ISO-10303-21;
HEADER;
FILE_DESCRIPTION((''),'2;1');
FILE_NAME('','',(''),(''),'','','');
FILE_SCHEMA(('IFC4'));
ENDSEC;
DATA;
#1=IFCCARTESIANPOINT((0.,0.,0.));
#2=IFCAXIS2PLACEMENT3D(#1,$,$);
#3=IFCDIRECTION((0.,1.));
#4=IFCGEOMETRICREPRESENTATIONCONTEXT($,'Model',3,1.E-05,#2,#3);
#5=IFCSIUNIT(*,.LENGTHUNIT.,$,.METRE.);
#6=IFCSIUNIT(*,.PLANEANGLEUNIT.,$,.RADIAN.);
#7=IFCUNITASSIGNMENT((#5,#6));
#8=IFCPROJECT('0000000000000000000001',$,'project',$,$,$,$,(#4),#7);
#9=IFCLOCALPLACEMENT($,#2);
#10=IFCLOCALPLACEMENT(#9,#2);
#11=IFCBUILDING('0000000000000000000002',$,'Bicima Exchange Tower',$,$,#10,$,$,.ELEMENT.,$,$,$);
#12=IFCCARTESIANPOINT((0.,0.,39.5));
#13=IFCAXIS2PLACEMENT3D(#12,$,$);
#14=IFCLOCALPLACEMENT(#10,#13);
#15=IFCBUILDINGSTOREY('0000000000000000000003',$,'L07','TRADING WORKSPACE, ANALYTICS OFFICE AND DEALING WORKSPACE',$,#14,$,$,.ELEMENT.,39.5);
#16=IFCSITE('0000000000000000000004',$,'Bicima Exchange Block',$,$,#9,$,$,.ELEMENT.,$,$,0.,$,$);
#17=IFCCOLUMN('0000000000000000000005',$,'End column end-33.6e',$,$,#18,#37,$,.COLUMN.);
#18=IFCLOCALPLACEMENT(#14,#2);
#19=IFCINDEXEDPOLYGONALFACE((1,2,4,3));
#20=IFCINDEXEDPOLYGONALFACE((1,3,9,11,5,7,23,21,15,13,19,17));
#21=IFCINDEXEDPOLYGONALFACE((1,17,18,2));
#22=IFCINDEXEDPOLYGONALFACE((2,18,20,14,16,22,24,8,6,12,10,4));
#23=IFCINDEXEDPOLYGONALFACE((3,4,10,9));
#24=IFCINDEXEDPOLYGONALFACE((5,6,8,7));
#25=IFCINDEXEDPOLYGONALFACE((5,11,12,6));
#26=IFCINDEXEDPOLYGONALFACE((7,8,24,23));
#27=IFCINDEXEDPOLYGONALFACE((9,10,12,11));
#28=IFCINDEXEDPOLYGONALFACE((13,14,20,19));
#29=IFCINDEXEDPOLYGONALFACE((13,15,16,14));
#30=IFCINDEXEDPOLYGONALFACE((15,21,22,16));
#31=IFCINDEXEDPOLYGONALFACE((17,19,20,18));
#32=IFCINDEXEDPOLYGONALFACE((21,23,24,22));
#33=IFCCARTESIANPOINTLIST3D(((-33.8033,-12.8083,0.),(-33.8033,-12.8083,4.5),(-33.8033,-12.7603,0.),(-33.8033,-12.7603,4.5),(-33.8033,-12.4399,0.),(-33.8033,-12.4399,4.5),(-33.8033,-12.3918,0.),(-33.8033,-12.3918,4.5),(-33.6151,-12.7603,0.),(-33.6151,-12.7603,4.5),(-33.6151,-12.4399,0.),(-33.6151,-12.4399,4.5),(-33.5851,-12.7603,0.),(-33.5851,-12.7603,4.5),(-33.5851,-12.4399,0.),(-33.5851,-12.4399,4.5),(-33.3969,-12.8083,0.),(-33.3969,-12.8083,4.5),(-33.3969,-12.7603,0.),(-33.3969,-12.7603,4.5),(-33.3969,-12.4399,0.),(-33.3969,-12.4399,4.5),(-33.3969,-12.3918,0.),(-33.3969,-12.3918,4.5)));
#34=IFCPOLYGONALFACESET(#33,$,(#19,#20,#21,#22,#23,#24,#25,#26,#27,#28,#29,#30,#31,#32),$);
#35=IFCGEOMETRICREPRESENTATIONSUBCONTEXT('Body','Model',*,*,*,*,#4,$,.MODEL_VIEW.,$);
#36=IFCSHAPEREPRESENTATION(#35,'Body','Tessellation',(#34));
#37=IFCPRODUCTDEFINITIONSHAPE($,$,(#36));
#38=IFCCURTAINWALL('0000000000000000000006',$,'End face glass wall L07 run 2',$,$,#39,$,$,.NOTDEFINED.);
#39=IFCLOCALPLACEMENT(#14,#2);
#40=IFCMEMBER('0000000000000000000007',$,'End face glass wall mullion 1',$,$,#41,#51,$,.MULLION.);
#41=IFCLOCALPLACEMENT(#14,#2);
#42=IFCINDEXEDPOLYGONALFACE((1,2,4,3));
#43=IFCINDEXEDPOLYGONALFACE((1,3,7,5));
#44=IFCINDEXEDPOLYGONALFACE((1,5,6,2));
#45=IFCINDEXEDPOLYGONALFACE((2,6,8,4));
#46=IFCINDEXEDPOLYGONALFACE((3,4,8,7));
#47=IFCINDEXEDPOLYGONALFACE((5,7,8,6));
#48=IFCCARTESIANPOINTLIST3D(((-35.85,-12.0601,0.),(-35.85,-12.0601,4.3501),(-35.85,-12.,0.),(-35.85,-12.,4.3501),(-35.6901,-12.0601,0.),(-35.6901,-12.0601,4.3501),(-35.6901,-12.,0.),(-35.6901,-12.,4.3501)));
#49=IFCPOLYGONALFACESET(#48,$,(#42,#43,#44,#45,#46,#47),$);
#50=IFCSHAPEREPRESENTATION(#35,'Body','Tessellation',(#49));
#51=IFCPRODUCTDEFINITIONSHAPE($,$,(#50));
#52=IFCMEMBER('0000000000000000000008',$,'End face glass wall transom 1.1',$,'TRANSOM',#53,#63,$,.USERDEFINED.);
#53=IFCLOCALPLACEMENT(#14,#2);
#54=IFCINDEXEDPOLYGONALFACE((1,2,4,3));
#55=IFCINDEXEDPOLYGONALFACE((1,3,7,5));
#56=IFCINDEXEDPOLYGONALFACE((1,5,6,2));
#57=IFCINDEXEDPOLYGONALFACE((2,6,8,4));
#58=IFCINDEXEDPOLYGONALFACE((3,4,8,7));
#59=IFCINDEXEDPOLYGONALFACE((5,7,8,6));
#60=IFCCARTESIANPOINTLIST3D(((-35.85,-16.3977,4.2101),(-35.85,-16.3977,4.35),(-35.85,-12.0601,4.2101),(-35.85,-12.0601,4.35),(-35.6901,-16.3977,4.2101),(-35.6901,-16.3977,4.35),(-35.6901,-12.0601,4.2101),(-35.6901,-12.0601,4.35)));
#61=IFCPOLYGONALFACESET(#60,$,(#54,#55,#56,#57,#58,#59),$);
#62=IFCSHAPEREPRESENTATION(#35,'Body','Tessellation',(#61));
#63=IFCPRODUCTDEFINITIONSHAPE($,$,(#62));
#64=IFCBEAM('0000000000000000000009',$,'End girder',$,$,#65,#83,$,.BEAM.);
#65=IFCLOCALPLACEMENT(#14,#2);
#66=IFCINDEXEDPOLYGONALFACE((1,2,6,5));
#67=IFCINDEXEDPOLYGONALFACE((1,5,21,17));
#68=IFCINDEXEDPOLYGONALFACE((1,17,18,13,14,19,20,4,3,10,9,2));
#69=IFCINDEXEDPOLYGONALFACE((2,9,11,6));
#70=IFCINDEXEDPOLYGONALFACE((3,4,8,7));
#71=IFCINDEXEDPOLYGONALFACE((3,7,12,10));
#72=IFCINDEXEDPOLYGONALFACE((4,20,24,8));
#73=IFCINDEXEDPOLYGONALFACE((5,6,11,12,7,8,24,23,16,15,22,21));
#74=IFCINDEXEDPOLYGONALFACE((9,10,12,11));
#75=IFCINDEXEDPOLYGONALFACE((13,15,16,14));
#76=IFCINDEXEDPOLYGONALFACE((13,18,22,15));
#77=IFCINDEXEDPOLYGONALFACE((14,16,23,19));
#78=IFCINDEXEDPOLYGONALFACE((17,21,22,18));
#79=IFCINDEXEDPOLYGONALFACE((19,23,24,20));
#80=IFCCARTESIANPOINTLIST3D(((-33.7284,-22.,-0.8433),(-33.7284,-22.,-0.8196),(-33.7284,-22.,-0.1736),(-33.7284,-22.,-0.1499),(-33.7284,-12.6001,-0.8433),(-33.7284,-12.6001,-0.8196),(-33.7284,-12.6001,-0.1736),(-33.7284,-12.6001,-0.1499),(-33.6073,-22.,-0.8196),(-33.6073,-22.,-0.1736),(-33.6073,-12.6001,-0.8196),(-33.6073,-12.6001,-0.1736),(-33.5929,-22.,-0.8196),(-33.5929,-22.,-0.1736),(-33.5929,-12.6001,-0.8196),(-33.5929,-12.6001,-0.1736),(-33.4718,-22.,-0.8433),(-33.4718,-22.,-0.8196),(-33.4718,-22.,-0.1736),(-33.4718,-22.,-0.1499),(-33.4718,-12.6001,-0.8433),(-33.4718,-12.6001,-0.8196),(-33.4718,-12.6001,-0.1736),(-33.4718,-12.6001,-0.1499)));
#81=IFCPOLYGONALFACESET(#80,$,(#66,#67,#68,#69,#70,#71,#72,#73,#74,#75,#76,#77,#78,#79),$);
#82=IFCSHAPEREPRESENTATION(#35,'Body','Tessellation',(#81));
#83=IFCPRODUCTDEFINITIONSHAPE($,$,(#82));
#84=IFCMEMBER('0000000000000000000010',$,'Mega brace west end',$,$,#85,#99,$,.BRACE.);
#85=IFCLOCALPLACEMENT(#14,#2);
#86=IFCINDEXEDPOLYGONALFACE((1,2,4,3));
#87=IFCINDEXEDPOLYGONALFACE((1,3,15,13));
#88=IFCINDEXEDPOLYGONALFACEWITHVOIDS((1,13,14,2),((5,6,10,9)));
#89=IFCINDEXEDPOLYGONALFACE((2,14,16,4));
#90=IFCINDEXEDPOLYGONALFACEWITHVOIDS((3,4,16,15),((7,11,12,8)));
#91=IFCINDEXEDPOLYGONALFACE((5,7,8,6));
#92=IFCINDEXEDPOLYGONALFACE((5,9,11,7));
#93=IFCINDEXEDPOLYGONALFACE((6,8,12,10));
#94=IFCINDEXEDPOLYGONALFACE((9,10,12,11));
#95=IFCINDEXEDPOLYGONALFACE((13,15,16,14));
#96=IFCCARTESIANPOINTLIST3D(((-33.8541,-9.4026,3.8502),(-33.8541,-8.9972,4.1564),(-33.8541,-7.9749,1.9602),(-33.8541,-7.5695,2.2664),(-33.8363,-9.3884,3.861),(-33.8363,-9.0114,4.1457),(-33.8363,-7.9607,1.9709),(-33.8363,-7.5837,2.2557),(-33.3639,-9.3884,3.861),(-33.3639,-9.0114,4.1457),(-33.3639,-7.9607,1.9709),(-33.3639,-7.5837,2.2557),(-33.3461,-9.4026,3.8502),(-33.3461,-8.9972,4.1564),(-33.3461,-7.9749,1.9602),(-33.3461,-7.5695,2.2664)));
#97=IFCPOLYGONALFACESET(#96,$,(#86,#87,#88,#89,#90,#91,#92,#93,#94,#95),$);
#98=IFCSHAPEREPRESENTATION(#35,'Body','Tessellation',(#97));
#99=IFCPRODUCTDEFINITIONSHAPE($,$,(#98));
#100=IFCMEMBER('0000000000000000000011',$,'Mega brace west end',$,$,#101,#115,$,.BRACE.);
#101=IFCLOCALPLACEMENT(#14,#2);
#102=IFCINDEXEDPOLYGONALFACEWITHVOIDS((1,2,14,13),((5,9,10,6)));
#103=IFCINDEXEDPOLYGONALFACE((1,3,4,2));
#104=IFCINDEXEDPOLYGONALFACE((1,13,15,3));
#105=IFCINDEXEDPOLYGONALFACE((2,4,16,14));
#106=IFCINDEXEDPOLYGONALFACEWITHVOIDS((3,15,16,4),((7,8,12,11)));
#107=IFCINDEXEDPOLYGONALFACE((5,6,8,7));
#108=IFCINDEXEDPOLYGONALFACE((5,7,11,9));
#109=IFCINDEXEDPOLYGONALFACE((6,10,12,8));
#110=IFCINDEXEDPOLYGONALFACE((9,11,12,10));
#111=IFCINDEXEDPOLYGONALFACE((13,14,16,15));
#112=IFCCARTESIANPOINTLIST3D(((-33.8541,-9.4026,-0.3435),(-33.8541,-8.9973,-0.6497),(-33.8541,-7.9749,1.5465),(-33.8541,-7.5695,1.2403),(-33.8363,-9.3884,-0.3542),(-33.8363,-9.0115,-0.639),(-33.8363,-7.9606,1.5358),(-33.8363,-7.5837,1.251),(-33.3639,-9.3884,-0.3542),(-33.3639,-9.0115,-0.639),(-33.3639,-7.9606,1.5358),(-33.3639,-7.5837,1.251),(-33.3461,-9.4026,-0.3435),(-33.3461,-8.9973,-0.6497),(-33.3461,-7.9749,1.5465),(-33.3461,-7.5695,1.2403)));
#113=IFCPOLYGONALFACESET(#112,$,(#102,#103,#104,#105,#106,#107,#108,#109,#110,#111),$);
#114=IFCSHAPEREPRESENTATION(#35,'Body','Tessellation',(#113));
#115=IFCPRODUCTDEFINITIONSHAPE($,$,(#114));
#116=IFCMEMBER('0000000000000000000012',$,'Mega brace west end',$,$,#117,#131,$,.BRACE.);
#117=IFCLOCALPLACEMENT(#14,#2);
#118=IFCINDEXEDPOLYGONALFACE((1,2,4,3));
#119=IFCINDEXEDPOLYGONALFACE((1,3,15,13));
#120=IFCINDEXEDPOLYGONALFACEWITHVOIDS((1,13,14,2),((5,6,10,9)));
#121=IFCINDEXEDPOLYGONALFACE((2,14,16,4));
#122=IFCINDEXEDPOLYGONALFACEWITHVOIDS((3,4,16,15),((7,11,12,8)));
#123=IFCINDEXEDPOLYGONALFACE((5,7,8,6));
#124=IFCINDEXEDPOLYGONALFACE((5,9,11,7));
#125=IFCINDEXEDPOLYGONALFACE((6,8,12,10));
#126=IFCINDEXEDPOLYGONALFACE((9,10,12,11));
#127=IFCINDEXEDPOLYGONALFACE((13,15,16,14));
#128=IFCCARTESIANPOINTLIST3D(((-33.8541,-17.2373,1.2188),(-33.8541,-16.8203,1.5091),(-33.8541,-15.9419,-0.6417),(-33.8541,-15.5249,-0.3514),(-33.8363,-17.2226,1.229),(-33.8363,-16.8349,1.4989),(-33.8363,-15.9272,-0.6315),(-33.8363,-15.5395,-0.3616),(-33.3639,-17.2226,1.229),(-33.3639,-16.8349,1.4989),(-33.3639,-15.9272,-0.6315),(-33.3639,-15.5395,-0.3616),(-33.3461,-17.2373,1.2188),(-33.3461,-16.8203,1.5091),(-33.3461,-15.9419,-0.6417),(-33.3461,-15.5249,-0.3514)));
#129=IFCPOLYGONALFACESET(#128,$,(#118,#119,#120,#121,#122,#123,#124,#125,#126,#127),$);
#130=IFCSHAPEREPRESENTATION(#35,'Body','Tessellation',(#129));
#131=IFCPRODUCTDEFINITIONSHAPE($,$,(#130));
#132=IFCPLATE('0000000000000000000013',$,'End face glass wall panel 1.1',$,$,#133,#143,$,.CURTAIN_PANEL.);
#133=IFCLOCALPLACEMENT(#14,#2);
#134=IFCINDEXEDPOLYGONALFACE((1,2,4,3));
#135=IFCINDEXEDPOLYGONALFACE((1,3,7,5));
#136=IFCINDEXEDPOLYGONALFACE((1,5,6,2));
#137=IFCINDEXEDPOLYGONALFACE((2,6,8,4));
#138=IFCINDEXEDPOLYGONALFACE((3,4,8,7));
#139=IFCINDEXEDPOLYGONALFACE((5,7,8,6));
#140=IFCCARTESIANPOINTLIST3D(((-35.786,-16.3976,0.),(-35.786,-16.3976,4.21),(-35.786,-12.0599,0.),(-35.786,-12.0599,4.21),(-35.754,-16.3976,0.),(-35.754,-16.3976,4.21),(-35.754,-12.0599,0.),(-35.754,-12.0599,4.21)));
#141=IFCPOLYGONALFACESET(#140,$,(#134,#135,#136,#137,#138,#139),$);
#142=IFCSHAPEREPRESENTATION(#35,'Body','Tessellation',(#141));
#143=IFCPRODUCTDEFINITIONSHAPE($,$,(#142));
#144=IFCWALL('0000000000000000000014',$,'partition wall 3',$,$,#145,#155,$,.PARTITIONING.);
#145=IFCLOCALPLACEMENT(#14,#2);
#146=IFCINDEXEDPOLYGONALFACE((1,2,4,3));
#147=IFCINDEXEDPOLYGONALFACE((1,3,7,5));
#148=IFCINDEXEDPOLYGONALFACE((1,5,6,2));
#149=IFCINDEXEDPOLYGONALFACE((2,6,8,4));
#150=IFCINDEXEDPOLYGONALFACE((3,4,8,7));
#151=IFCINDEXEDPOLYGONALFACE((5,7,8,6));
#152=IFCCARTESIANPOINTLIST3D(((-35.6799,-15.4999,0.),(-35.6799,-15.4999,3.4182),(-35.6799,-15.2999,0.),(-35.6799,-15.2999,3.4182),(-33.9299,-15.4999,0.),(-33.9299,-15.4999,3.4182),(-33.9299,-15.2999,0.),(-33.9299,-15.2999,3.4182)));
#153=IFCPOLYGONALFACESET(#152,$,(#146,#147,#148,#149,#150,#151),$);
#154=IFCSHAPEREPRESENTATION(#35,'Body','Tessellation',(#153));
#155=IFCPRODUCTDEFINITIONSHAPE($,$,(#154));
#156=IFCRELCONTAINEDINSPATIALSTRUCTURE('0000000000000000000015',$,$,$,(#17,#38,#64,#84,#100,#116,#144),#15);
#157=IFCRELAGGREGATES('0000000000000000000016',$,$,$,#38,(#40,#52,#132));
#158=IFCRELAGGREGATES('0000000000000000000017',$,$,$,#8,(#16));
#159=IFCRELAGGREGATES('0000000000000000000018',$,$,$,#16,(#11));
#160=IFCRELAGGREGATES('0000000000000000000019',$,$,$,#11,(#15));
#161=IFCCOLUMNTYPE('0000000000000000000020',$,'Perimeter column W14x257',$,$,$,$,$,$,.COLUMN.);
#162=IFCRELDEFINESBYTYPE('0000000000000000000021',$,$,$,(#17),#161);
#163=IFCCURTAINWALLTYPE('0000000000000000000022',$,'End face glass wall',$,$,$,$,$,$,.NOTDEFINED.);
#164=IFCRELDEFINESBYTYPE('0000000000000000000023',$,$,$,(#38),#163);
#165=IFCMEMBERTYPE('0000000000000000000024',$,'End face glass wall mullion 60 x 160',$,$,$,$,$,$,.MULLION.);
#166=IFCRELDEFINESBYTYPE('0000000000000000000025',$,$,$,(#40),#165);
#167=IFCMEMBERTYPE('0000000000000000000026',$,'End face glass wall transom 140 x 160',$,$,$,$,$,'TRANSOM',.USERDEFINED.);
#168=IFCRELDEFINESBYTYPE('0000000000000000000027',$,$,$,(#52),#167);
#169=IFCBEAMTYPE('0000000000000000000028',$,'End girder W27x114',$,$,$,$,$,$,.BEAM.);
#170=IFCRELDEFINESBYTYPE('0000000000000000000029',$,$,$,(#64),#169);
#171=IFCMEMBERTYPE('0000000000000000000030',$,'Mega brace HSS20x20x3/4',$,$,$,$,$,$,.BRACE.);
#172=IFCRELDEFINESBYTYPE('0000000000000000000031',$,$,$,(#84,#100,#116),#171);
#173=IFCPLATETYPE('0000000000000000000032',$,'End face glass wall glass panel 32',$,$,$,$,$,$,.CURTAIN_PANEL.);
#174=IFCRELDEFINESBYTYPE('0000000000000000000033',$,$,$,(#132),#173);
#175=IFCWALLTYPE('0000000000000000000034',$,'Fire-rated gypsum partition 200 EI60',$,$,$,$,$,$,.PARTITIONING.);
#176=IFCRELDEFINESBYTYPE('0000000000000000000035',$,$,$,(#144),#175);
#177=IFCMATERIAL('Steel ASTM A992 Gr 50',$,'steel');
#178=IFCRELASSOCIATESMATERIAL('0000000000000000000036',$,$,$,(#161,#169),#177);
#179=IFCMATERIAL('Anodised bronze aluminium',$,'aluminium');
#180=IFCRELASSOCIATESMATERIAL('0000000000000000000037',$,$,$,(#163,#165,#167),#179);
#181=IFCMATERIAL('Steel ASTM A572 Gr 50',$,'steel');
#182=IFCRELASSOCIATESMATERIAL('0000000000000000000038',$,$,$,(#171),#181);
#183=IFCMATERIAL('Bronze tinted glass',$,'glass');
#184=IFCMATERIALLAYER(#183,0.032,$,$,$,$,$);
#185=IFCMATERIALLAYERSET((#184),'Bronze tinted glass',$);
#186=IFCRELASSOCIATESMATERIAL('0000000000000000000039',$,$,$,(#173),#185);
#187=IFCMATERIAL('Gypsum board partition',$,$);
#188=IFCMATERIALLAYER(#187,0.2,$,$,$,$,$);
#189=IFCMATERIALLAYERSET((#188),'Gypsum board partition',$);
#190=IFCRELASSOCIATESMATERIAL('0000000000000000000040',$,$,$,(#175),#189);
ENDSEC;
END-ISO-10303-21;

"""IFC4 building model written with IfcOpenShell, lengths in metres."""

from ifc_helpers import new_model, si_unit, direction, frame, frame_2d, origin, origin_2d, place, context, subcontext, project, spatial, rectangle, hollow_rectangle, i_section, extrude, material, layer, layer_set, material_profile, profile_set, type_object, element, aggregate, save


model = new_model("IFC4")

# Units and contexts
model_context = context("Model", 3, precision=1e-05, world=origin(), true_north=direction((0.0, 1.0)))
body_context = subcontext(model_context, "Body", "Model", "MODEL_VIEW")
ifc_project = project(units=[si_unit("LENGTHUNIT", "METRE"), si_unit("PLANEANGLEUNIT", "RADIAN")], contexts=[model_context])

# Site, building, storey
site_placement = place(None, origin())
site = spatial("IfcSite", under=ifc_project, at=site_placement, Name="Bicima Exchange Block", CompositionType="ELEMENT", RefElevation=0.0)
building_placement = place(site_placement, origin())
building = spatial("IfcBuilding", under=site, at=building_placement, Name="Bicima Exchange Tower", CompositionType="ELEMENT")
storey_placement = place(building_placement, frame((0.0, 0.0, 39.5)))
storey = spatial("IfcBuildingStorey", under=building, at=storey_placement, Name="L07", Description="TRADING WORKSPACE, ANALYTICS OFFICE AND DEALING WORKSPACE", CompositionType="ELEMENT", Elevation=39.5)

# Column
ifc_material_1 = material(Name="Steel ASTM A992 Gr 50", Category="steel")
ifc_material_profile_1 = material_profile(ifc_material_1, i_section(OverallWidth=0.4065, OverallDepth=0.4165, WebThickness=0.03, FlangeThickness=0.0481, at=origin_2d()))
ifc_profile_set_1 = profile_set([ifc_material_profile_1], Name="Steel ASTM A992 Gr 50")
column_type = type_object("IfcColumnType", Name="Perimeter column W14x257", PredefinedType="COLUMN", material=ifc_profile_set_1)
column_placement = place(storey_placement, frame((-33.6001, -12.6001, 0.0), z_axis=(0.0, 0.0, 1.0), x_axis=(1.0, 0.0, 0.0)))
element("IfcColumn", 1, at=column_placement, inside=storey, type_object=column_type, Name="End column end-33.6e", PredefinedType="COLUMN", context=body_context, shape_type="SweptSolid", body=[
    extrude(i_section(OverallWidth=0.4065, OverallDepth=0.4165, WebThickness=0.03, FlangeThickness=0.0481, at=origin_2d()), origin(), (0.0, 0.0, 1.0), 4.5),
])

# Curtain wall, members
ifc_material_2 = material(Name="Anodised bronze aluminium", Category="aluminium")
curtain_wall_type = type_object("IfcCurtainWallType", Name="End face glass wall", PredefinedType="NOTDEFINED", material=ifc_material_2)
curtain_wall_placement = place(storey_placement, origin())
curtain_wall = element("IfcCurtainWall", 2, at=curtain_wall_placement, inside=storey, type_object=curtain_wall_type, Name="End face glass wall L07 run 2", PredefinedType="NOTDEFINED")
ifc_material_profile_2 = material_profile(ifc_material_2, rectangle(XDim=0.1599, YDim=0.0601, at=origin_2d()))
ifc_profile_set_2 = profile_set([ifc_material_profile_2], Name="Anodised bronze aluminium")
member_type_1 = type_object("IfcMemberType", Name="End face glass wall mullion 60 x 160", PredefinedType="MULLION", material=ifc_profile_set_2)
member_1_placement = place(storey_placement, frame((-35.77, -12.03, 0.0), z_axis=(0.0, 0.0, 1.0), x_axis=(1.0, 0.0, 0.0)))
member_1 = element("IfcMember", 3, at=member_1_placement, type_object=member_type_1, Name="End face glass wall mullion 1", PredefinedType="MULLION", context=body_context, shape_type="SweptSolid", body=[
    extrude(rectangle(XDim=0.1599, YDim=0.0601, at=origin_2d()), origin(), (0.0, 0.0, 1.0), 4.3501),
])
ifc_material_profile_3 = material_profile(ifc_material_2, rectangle(XDim=0.1599, YDim=0.1399, at=origin_2d()))
ifc_profile_set_3 = profile_set([ifc_material_profile_3], Name="Anodised bronze aluminium")
member_type_2 = type_object("IfcMemberType", Name="End face glass wall transom 140 x 160", ElementType="TRANSOM", PredefinedType="USERDEFINED", material=ifc_profile_set_3)
member_2_placement = place(storey_placement, frame((-35.77, -12.0601, 4.28), z_axis=(0.0, -1.0, 0.0), x_axis=(1.0, 0.0, 0.0)))
member_2 = element("IfcMember", 4, at=member_2_placement, type_object=member_type_2, Name="End face glass wall transom 1.1", ObjectType="TRANSOM", PredefinedType="USERDEFINED", context=body_context, shape_type="SweptSolid", body=[
    extrude(rectangle(XDim=0.1599, YDim=0.1399, at=origin_2d()), origin(), (0.0, 0.0, 1.0), 4.3376),
])

# Beam
ifc_material_profile_4 = material_profile(ifc_material_1, i_section(OverallWidth=0.2566, OverallDepth=0.6934, WebThickness=0.0144, FlangeThickness=0.0237, at=origin_2d()))
ifc_profile_set_4 = profile_set([ifc_material_profile_4], Name="Steel ASTM A992 Gr 50")
beam_type = type_object("IfcBeamType", Name="End girder W27x114", PredefinedType="BEAM", material=ifc_profile_set_4)
beam_placement = place(storey_placement, frame((-33.6001, -12.6001, -0.4966), z_axis=(0.0, -1.0, 0.0), x_axis=(1.0, 0.0, 0.0)))
element("IfcBeam", 5, at=beam_placement, inside=storey, type_object=beam_type, Name="End girder", PredefinedType="BEAM", context=body_context, shape_type="SweptSolid", body=[
    extrude(i_section(OverallWidth=0.2566, OverallDepth=0.6934, WebThickness=0.0144, FlangeThickness=0.0237, at=origin_2d()), origin(), (0.0, 0.0, 1.0), 9.3999),
])

# Members
ifc_material_3 = material(Name="Steel ASTM A572 Gr 50", Category="steel")
ifc_material_profile_5 = material_profile(ifc_material_3, hollow_rectangle(XDim=0.5081, YDim=0.5081, WallThickness=0.0178, at=origin_2d()))
ifc_profile_set_5 = profile_set([ifc_material_profile_5], Name="Steel ASTM A572 Gr 50")
member_type_3 = type_object("IfcMemberType", Name="Mega brace HSS20x20x3/4", PredefinedType="BRACE", material=ifc_profile_set_5)
for number, where, z_axis, x_axis, name in (
    (6, (-33.6001, -7.7722, 2.1133), (0.0, -0.602734, 0.797942), (1.0, 0.0, 0.0), "Mega brace west end"),
    (7, (-33.6001, -9.2, -0.4966), (0.0, 0.602784, 0.797905), (-1.0, 0.0, 0.0), "Mega brace west end"),
):
    element("IfcMember", number, at=place(storey_placement, frame(where, z_axis=z_axis, x_axis=x_axis)), inside=storey, type_object=member_type_3, Name=name, PredefinedType="BRACE", context=body_context, shape_type="SweptSolid", body=[
        extrude(hollow_rectangle(XDim=0.5081, YDim=0.5081, WallThickness=0.0178, at=origin_2d()), origin(), (0.0, 0.0, 1.0), 2.3687),
    ])
member_3_placement = place(storey_placement, frame((-33.6001, -15.7334, -0.4966), z_axis=(0.0, -0.571386, 0.820681), x_axis=(1.0, 0.0, 0.0)))
element("IfcMember", 8, at=member_3_placement, inside=storey, type_object=member_type_3, Name="Mega brace west end", PredefinedType="BRACE", context=body_context, shape_type="SweptSolid", body=[
    extrude(hollow_rectangle(XDim=0.5081, YDim=0.5081, WallThickness=0.0178, at=origin_2d()), origin(), (0.0, 0.0, 1.0), 2.2671),
])

# Plate
ifc_material_4 = material(Name="Bronze tinted glass", Category="glass")
ifc_layer_1 = layer(ifc_material_4, 0.032)
ifc_layer_set_1 = layer_set([ifc_layer_1], Name="Bronze tinted glass")
plate_type = type_object("IfcPlateType", Name="End face glass wall glass panel 32", PredefinedType="CURTAIN_PANEL", material=ifc_layer_set_1)
plate_placement = place(storey_placement, frame((-35.77, -14.2288, 0.0), z_axis=(0.0, 0.0, 1.0), x_axis=(0.0, -1.0, 0.0)))
plate = element("IfcPlate", 9, at=plate_placement, type_object=plate_type, Name="End face glass wall panel 1.1", PredefinedType="CURTAIN_PANEL", context=body_context, shape_type="SweptSolid", body=[
    extrude(rectangle(XDim=4.3376, YDim=0.032, at=origin_2d()), origin(), (0.0, 0.0, 1.0), 4.21),
])
aggregate(curtain_wall, [member_1, member_2, plate])

# Wall
ifc_material_5 = material(Name="Gypsum board partition")
ifc_layer_2 = layer(ifc_material_5, 0.2)
ifc_layer_set_2 = layer_set([ifc_layer_2], Name="Gypsum board partition")
wall_type = type_object("IfcWallType", Name="Fire-rated gypsum partition 200 EI60", PredefinedType="PARTITIONING", material=ifc_layer_set_2)
wall_1_placement = place(storey_placement, frame((-35.6799, -15.3999, 0.0), z_axis=(0.0, 0.0, 1.0), x_axis=(1.0, 0.0, 0.0)))
element("IfcWall", 10, at=wall_1_placement, inside=storey, type_object=wall_type, Name="partition wall 3", PredefinedType="PARTITIONING", context=body_context, shape_type="SweptSolid", body=[
    extrude(rectangle(XDim=1.75, YDim=0.2, at=frame_2d((0.875, 0.0))), origin(), (0.0, 0.0, 1.0), 3.4182),
])

save(model, "model.ifc")
